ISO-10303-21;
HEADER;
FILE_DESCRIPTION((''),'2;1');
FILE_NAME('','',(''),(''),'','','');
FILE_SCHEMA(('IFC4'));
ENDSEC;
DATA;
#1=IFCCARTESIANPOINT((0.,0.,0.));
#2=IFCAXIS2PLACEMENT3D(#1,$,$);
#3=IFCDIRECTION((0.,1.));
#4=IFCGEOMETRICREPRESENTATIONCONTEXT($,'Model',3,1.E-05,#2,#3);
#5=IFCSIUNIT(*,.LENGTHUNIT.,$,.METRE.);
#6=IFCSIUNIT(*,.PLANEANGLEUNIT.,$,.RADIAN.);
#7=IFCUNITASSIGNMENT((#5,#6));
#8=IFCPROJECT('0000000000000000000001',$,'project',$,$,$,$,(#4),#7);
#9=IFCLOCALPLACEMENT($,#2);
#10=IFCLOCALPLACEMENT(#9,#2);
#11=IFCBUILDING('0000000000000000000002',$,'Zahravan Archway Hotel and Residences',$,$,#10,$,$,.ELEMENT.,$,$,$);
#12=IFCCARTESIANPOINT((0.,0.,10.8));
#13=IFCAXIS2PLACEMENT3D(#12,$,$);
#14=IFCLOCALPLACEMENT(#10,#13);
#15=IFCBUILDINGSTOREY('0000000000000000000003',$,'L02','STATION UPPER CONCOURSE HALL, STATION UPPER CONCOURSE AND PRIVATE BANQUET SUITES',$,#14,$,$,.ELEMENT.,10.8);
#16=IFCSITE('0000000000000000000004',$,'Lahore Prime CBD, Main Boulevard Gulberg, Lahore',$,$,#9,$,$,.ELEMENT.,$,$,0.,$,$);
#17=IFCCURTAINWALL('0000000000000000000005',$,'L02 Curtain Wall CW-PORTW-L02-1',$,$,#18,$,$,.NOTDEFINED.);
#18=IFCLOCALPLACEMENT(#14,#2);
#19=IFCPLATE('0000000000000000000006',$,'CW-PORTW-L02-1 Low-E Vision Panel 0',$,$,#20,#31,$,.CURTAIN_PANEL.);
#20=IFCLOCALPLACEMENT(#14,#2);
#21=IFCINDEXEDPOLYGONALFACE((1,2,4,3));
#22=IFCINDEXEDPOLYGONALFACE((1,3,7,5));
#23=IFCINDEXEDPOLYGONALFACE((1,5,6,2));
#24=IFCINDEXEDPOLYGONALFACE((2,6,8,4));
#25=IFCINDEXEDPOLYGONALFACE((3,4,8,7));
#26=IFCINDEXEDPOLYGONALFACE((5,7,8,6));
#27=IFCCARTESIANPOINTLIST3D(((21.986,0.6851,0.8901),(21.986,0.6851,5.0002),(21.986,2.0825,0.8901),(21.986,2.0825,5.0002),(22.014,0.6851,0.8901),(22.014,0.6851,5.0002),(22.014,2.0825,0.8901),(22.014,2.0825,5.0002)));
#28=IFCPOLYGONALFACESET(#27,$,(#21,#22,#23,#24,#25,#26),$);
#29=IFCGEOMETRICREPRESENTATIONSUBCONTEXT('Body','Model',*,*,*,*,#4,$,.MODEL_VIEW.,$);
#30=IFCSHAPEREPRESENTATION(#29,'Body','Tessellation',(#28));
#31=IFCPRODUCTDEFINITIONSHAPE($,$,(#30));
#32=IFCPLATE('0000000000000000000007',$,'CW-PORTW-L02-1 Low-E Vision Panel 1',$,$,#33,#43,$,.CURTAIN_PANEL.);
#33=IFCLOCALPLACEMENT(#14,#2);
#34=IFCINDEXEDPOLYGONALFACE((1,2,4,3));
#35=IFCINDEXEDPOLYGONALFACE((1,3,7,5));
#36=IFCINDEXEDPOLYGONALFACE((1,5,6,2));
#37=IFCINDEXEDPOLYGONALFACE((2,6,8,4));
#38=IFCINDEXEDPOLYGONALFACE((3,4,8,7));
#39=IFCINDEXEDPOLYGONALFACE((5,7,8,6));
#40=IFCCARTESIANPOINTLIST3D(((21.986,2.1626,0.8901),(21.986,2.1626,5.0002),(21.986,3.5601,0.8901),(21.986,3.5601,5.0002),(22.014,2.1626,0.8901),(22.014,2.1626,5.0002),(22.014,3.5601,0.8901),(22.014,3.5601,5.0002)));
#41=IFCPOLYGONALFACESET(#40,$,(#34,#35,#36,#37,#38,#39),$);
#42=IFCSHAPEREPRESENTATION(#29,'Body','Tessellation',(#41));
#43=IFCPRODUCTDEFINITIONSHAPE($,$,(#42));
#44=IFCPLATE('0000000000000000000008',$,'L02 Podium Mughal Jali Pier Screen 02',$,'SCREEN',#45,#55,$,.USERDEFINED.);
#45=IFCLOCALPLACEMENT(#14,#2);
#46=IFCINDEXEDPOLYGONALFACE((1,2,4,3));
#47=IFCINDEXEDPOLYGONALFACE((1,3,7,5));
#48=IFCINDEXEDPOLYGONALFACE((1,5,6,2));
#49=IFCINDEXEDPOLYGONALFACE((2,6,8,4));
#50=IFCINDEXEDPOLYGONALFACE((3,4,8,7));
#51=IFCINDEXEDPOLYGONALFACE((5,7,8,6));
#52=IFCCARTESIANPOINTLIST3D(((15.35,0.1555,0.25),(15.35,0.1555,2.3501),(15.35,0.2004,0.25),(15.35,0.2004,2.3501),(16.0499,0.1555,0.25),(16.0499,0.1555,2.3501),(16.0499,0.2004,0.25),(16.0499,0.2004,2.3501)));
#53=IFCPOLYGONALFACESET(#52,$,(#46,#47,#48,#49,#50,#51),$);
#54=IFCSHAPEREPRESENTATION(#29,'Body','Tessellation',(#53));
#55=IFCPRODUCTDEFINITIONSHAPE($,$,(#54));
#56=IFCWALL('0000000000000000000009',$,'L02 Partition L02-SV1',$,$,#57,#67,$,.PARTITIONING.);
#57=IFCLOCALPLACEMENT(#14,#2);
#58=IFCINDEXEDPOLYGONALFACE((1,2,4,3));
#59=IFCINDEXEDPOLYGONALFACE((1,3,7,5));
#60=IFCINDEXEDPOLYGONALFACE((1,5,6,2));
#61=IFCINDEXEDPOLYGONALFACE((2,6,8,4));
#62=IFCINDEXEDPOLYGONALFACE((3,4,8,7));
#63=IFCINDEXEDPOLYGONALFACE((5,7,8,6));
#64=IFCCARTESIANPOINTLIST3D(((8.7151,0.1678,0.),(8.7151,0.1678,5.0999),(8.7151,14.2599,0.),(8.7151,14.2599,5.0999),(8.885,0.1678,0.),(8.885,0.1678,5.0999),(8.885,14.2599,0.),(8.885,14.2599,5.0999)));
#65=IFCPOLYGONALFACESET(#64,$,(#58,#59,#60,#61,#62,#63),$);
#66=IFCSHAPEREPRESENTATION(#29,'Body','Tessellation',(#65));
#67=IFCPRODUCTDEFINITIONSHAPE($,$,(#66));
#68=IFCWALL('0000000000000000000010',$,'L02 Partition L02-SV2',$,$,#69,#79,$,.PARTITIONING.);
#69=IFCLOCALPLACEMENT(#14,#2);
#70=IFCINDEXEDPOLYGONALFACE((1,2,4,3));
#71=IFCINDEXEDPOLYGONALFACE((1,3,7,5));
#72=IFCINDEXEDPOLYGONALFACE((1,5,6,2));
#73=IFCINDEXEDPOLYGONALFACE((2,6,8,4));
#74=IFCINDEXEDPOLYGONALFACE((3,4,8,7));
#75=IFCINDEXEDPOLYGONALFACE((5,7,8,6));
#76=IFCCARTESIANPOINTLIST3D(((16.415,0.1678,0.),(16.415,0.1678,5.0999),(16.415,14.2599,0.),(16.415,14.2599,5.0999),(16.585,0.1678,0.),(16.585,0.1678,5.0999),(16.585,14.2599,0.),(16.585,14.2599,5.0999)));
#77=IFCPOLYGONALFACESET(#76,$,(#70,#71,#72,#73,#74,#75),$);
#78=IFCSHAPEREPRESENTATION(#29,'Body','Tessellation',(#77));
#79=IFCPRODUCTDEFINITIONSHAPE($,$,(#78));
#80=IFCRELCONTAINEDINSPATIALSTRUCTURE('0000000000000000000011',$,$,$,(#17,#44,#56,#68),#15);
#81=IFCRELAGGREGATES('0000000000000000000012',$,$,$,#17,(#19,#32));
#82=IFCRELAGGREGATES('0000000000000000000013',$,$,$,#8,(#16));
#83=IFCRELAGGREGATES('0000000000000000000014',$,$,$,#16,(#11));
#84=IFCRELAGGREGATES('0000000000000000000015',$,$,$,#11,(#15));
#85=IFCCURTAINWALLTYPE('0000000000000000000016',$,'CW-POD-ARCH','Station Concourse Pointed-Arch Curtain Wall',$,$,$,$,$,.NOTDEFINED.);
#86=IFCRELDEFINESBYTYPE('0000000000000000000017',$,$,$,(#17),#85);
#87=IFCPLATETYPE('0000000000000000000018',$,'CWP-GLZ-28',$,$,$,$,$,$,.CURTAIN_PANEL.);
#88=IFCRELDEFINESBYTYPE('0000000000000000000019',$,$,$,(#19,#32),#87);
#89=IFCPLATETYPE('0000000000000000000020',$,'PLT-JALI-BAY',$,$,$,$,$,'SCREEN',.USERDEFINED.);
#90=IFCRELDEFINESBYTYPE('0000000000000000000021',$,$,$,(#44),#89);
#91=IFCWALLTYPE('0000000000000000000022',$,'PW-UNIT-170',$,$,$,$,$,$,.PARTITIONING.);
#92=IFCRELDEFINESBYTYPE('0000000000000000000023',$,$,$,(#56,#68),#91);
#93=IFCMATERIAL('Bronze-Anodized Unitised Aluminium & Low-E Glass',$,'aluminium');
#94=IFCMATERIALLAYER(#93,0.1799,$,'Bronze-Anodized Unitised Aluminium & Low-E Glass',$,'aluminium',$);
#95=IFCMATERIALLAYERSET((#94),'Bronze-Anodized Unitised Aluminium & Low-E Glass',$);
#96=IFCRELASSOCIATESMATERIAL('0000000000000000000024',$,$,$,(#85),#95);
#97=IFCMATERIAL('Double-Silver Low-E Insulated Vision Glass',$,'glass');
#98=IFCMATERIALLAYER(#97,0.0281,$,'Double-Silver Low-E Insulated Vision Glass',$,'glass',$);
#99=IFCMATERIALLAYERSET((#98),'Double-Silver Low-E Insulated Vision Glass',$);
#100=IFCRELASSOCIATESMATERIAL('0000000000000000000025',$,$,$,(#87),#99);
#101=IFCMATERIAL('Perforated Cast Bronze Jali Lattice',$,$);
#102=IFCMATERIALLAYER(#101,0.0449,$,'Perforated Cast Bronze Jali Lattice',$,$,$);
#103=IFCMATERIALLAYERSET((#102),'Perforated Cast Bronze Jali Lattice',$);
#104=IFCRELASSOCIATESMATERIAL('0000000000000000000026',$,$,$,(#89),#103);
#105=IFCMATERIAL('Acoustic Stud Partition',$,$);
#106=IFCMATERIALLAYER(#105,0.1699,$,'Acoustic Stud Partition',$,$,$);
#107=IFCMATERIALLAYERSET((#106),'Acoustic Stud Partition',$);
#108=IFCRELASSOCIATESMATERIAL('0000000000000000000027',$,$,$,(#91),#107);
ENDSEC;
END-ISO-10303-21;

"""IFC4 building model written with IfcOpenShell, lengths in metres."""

from ifc_helpers import new_model, si_unit, direction, frame, frame_2d, origin, origin_2d, place, context, subcontext, project, spatial, rectangle, extrude, source, transform, mapped, material, layer, layer_set, type_object, type_shapes, element, aggregate, save


model = new_model("IFC4")

# Units and contexts
model_context = context("Model", 3, precision=1e-05, world=origin(), true_north=direction((0.0, 1.0)))
body_context = subcontext(model_context, "Body", "Model", "MODEL_VIEW")
ifc_project = project(units=[si_unit("LENGTHUNIT", "METRE"), si_unit("PLANEANGLEUNIT", "RADIAN")], contexts=[model_context])

# Site, building, storey
site_placement = place(None, origin())
site = spatial("IfcSite", under=ifc_project, at=site_placement, Name="Lahore Prime CBD, Main Boulevard Gulberg, Lahore", CompositionType="ELEMENT", RefElevation=0.0)
building_placement = place(site_placement, origin())
building = spatial("IfcBuilding", under=site, at=building_placement, Name="Zahravan Archway Hotel and Residences", CompositionType="ELEMENT")
storey_placement = place(building_placement, frame((0.0, 0.0, 10.8)))
storey = spatial("IfcBuildingStorey", under=building, at=storey_placement, Name="L02", Description="STATION UPPER CONCOURSE HALL, STATION UPPER CONCOURSE AND PRIVATE BANQUET SUITES", CompositionType="ELEMENT", Elevation=10.8)

# Curtain wall, plates
ifc_material_1 = material(Name="Bronze-Anodized Unitised Aluminium & Low-E Glass", Category="aluminium")
ifc_layer_1 = layer(ifc_material_1, 0.1799, Name="Bronze-Anodized Unitised Aluminium & Low-E Glass", Category="aluminium")
ifc_layer_set_1 = layer_set([ifc_layer_1], Name="Bronze-Anodized Unitised Aluminium & Low-E Glass")
curtain_wall_type = type_object("IfcCurtainWallType", Name="CW-POD-ARCH", Description="Station Concourse Pointed-Arch Curtain Wall", PredefinedType="NOTDEFINED", material=ifc_layer_set_1)
curtain_wall_placement = place(storey_placement, origin())
curtain_wall = element("IfcCurtainWall", 1, at=curtain_wall_placement, inside=storey, type_object=curtain_wall_type, Name="L02 Curtain Wall CW-PORTW-L02-1", PredefinedType="NOTDEFINED")
ifc_material_2 = material(Name="Double-Silver Low-E Insulated Vision Glass", Category="glass")
ifc_layer_2 = layer(ifc_material_2, 0.0281, Name="Double-Silver Low-E Insulated Vision Glass", Category="glass")
ifc_layer_set_2 = layer_set([ifc_layer_2], Name="Double-Silver Low-E Insulated Vision Glass")
plate_type_1 = type_object("IfcPlateType", Name="CWP-GLZ-28", PredefinedType="CURTAIN_PANEL", material=ifc_layer_set_2)
shared_shape_1 = source(origin(), body_context, "Body", "SweptSolid", [
    extrude(rectangle(XDim=1.3975, YDim=0.0281, at=origin_2d()), origin(), (0.0, 0.0, 1.0), 4.1101),
])
plate_1_placement = place(storey_placement, frame((22.0, 1.3838, 0.8901), z_axis=(0.0, 0.0, 1.0), x_axis=(0.0, 1.0, 0.0)))
plate_1 = element("IfcPlate", 2, at=plate_1_placement, type_object=plate_type_1, Name="CW-PORTW-L02-1 Low-E Vision Panel 0", PredefinedType="CURTAIN_PANEL", context=body_context, shape_type="MappedRepresentation", body=[
    mapped(shared_shape_1, transform((0.0, 0.0, 0.0), scale=1.0)),
])
plate_2_placement = place(storey_placement, frame((22.0, 2.8613, 0.8901), z_axis=(0.0, 0.0, 1.0), x_axis=(0.0, 1.0, 0.0)))
plate_2 = element("IfcPlate", 3, at=plate_2_placement, type_object=plate_type_1, Name="CW-PORTW-L02-1 Low-E Vision Panel 1", PredefinedType="CURTAIN_PANEL", context=body_context, shape_type="MappedRepresentation", body=[
    mapped(shared_shape_1, transform((0.0, 0.0, 0.0), scale=1.0)),
])
aggregate(curtain_wall, [plate_1, plate_2])

# Plate
ifc_material_3 = material(Name="Perforated Cast Bronze Jali Lattice")
ifc_layer_3 = layer(ifc_material_3, 0.0449, Name="Perforated Cast Bronze Jali Lattice")
ifc_layer_set_3 = layer_set([ifc_layer_3], Name="Perforated Cast Bronze Jali Lattice")
plate_type_2 = type_object("IfcPlateType", Name="PLT-JALI-BAY", ElementType="SCREEN", PredefinedType="USERDEFINED", material=ifc_layer_set_3)
shared_shape_2 = source(origin(), body_context, "Body", "SweptSolid", [
    extrude(rectangle(XDim=0.7, YDim=0.0449, at=origin_2d()), origin(), (0.0, 0.0, 1.0), 2.1001),
])
type_shapes(plate_type_2, [shared_shape_2])
plate_3_placement = place(storey_placement, frame((15.7, 0.178, 0.25), z_axis=(0.0, 0.0, 1.0), x_axis=(1.0, 0.0, 0.0)))
element("IfcPlate", 4, at=plate_3_placement, inside=storey, type_object=plate_type_2, Name="L02 Podium Mughal Jali Pier Screen 02", ObjectType="SCREEN", PredefinedType="USERDEFINED", context=body_context, shape_type="MappedRepresentation", body=[
    mapped(shared_shape_2, transform((0.0, 0.0, 0.0), scale=1.0)),
])

# Walls
ifc_material_4 = material(Name="Acoustic Stud Partition")
ifc_layer_4 = layer(ifc_material_4, 0.1699, Name="Acoustic Stud Partition")
ifc_layer_set_4 = layer_set([ifc_layer_4], Name="Acoustic Stud Partition")
wall_type = type_object("IfcWallType", Name="PW-UNIT-170", PredefinedType="PARTITIONING", material=ifc_layer_set_4)
for number, where, z_axis, x_axis, name in (
    (5, (8.8, 0.168, 0.0), (0.0, 0.0, 1.0), (0.0, 1.0, 0.0), "L02 Partition L02-SV1"),
    (6, (16.5, 0.168, 0.0), (0.0, 0.0, 1.0), (0.0, 1.0, 0.0), "L02 Partition L02-SV2"),
):
    element("IfcWall", number, at=place(storey_placement, frame(where, z_axis=z_axis, x_axis=x_axis)), inside=storey, type_object=wall_type, Name=name, PredefinedType="PARTITIONING", context=body_context, shape_type="SweptSolid", body=[
        extrude(rectangle(XDim=14.092, YDim=0.1699, at=frame_2d((7.0459, 0.0))), origin(), (0.0, 0.0, 1.0), 5.0999),
    ])

save(model, "model.ifc")
